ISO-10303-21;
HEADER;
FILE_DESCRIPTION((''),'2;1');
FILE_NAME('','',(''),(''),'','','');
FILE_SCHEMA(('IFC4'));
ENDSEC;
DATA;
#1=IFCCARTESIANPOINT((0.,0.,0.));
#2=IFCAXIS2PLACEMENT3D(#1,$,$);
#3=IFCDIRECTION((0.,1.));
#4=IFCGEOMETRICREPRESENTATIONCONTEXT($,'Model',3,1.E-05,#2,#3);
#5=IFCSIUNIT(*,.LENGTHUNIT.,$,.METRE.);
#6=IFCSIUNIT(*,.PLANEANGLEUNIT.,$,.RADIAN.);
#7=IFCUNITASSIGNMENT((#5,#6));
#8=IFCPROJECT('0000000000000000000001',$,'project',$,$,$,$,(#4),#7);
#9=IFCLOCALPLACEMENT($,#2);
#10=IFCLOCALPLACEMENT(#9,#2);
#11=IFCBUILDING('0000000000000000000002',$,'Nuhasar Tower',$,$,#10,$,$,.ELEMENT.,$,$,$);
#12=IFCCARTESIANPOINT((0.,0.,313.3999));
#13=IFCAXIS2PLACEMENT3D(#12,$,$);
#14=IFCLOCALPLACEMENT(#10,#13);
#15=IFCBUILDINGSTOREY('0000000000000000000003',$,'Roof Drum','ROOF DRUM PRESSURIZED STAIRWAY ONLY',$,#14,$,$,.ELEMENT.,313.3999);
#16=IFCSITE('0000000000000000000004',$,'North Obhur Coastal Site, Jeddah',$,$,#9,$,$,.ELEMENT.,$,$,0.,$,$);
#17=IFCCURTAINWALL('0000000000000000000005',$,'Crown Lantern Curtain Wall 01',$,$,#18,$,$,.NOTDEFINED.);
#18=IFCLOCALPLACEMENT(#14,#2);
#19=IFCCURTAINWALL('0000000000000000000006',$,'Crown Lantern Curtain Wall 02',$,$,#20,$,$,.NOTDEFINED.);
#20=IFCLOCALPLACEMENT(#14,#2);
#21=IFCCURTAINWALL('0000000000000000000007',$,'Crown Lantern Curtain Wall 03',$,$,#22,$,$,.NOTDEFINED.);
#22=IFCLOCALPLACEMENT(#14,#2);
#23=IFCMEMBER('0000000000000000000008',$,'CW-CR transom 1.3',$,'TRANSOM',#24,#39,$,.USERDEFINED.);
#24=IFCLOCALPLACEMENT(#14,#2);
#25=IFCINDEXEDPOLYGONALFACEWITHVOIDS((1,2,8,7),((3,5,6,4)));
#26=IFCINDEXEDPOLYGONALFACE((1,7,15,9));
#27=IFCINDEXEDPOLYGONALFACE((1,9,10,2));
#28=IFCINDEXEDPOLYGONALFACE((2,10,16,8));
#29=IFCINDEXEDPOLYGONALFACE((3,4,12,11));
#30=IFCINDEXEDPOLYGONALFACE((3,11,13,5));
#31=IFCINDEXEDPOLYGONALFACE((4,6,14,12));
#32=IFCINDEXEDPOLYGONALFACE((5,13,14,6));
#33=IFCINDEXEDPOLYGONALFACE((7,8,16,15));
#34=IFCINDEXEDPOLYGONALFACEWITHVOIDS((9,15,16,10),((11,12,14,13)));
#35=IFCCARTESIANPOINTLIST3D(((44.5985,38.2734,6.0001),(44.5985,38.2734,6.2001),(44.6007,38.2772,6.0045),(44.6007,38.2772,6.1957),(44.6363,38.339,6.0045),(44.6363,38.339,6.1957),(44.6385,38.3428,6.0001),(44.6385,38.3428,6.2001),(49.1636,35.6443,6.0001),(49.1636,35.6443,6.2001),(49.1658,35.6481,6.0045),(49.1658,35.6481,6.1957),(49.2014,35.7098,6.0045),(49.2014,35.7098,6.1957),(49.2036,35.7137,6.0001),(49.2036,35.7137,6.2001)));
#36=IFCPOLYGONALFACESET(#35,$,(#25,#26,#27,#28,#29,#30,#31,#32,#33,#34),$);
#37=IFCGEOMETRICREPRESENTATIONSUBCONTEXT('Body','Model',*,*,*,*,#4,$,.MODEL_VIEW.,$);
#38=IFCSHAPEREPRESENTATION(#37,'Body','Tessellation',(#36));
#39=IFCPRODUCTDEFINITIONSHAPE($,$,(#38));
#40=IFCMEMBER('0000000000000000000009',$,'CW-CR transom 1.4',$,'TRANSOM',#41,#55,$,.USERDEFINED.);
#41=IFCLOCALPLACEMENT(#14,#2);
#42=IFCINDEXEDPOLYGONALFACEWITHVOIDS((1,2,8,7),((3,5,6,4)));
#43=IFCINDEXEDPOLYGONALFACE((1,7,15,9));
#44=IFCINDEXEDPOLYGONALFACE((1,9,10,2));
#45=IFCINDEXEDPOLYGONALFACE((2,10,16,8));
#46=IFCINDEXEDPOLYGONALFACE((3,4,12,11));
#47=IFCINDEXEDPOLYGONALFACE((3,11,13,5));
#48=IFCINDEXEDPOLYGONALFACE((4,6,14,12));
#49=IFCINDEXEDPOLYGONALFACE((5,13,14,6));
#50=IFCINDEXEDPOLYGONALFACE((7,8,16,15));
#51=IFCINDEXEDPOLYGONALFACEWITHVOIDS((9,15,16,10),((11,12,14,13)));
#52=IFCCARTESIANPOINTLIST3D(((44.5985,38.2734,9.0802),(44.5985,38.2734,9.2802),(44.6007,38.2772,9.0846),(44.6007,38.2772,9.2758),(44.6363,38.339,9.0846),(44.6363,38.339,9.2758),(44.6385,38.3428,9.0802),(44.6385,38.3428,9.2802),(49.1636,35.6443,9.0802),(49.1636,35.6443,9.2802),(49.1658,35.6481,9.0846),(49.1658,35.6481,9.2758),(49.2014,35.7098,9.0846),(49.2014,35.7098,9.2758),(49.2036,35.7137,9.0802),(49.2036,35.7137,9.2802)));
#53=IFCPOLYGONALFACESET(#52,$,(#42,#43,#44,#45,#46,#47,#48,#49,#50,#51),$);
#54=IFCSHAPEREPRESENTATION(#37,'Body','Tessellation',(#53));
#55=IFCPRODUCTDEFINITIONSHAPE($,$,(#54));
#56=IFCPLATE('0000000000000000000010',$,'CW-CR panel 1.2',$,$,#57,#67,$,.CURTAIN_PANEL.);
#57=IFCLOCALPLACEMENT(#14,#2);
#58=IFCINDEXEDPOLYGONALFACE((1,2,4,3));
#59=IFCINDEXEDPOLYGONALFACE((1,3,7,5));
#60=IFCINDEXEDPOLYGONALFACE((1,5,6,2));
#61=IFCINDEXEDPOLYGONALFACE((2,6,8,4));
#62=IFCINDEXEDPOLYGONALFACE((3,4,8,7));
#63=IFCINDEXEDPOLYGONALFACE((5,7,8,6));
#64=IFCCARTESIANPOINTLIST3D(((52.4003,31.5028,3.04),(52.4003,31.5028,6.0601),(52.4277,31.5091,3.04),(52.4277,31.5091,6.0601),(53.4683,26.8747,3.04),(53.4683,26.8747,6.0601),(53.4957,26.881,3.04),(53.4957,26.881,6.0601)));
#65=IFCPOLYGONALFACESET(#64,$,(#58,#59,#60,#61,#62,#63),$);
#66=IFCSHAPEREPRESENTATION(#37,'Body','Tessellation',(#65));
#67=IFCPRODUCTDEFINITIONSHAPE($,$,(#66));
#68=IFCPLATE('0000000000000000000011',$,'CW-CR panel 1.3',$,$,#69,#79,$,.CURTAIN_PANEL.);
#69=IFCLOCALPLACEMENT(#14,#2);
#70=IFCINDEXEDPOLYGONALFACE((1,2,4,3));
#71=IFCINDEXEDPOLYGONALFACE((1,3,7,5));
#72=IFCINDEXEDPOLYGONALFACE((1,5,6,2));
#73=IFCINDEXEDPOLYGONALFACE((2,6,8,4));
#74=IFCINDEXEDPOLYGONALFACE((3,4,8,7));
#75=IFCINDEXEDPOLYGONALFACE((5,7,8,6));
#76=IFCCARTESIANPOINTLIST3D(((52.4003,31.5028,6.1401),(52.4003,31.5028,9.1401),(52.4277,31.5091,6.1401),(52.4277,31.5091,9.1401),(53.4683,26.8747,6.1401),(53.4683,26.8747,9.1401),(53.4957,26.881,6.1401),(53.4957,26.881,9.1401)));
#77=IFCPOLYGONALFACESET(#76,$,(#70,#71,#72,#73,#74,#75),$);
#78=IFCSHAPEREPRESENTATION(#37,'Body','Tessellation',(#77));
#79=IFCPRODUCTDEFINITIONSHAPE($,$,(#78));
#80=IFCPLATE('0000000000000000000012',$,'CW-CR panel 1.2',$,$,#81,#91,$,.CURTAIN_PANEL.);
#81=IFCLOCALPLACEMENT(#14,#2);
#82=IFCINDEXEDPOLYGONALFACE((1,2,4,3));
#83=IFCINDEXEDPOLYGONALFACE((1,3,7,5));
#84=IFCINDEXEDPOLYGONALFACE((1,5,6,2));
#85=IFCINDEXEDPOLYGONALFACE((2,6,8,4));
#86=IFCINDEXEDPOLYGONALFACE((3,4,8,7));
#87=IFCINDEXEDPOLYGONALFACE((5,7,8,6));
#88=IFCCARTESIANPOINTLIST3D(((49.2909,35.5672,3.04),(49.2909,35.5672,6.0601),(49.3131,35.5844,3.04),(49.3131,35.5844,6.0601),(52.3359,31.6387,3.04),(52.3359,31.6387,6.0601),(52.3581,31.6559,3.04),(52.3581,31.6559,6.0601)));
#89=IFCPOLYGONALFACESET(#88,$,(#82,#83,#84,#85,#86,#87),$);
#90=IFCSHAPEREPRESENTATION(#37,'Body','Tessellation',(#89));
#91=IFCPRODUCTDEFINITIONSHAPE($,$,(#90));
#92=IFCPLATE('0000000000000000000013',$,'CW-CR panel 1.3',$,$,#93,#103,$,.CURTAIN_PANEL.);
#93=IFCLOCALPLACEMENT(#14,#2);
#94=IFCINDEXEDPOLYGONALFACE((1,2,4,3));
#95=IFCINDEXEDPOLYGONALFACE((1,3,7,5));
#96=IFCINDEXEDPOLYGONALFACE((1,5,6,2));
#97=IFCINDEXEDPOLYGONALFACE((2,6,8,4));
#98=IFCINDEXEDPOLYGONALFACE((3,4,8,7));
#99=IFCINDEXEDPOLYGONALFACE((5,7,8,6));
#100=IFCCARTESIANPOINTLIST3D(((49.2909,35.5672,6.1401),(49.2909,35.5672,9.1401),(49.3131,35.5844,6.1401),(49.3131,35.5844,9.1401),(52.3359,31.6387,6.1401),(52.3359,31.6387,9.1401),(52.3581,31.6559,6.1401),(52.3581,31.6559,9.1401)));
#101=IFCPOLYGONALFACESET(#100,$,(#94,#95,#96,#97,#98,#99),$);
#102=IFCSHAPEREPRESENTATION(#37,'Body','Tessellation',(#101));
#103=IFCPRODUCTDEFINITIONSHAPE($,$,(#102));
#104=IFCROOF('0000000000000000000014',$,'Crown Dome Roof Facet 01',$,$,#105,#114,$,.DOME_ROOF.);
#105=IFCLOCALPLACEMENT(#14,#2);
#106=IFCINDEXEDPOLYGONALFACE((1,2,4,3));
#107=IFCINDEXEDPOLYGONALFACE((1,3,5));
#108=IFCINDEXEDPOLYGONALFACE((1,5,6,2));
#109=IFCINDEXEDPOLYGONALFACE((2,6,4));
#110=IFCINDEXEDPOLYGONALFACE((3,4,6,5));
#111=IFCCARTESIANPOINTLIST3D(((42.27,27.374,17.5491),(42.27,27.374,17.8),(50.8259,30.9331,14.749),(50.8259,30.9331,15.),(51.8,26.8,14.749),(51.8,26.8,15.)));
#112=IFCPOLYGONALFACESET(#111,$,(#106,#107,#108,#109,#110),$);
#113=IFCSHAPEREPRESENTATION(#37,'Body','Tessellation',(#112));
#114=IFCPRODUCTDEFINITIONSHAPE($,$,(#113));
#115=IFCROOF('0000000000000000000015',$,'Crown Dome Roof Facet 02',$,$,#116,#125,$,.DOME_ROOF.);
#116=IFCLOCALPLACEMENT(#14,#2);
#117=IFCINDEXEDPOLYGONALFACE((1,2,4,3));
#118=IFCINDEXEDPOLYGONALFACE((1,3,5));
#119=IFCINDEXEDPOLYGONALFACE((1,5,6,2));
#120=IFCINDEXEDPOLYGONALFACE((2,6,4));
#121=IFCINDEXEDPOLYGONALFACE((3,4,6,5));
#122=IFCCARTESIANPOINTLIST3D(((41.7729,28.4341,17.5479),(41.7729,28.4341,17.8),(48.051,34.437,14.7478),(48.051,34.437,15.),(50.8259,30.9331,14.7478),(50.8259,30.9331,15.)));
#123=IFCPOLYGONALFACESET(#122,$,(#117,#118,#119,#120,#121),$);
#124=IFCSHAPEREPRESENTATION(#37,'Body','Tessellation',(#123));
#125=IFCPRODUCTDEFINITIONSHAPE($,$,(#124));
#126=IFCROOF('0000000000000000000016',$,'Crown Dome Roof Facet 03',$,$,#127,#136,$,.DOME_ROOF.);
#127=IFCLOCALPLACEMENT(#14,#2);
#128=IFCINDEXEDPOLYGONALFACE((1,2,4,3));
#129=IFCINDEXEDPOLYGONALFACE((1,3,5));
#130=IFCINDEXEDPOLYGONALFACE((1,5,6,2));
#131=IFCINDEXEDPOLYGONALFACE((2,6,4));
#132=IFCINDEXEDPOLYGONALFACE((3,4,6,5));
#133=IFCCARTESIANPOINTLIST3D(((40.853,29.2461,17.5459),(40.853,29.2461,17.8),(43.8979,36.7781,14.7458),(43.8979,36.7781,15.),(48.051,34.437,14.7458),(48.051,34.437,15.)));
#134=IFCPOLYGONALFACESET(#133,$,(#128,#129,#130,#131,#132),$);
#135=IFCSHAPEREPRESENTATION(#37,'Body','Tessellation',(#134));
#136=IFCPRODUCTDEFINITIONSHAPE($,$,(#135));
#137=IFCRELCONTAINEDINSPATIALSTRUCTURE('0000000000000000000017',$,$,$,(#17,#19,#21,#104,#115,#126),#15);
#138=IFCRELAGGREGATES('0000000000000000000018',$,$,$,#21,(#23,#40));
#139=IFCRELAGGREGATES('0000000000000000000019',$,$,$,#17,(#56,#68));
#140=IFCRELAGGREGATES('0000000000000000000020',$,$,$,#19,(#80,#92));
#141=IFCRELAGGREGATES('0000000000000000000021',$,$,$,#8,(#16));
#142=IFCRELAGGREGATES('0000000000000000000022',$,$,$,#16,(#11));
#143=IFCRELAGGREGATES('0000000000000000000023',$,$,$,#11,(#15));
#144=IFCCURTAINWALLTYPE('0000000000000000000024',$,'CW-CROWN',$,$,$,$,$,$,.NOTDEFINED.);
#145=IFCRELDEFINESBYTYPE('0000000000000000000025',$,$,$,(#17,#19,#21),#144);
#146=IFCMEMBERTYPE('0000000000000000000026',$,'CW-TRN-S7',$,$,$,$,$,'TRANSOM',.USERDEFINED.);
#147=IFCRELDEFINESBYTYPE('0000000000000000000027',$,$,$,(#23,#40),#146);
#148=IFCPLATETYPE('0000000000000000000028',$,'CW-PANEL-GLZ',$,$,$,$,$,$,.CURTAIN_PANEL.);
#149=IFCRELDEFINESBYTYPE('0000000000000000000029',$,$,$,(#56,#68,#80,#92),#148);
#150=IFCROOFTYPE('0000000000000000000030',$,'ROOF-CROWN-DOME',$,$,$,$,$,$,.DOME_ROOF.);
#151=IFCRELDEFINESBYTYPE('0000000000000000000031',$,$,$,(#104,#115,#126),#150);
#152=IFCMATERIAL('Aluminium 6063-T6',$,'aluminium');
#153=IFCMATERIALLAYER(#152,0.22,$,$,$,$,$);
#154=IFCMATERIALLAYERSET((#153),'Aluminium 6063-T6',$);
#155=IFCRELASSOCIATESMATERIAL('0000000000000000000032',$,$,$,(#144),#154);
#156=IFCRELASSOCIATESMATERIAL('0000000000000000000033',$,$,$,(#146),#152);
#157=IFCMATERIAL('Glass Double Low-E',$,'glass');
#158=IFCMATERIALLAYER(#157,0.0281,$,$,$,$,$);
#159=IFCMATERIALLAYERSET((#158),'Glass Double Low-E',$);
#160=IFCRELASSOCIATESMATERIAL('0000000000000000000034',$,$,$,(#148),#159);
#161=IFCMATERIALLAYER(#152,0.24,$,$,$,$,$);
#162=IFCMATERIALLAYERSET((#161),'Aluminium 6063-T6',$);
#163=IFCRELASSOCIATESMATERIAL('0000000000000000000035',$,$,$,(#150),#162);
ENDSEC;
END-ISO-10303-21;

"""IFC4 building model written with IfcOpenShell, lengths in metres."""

from ifc_helpers import new_model, si_unit, direction, frame, origin, origin_2d, place, context, subcontext, project, spatial, polyline, rectangle, hollow_rectangle, outline, extrude, material, layer, layer_set, material_profile, profile_set, type_object, element, aggregate, save


model = new_model("IFC4")

# Units and contexts
model_context = context("Model", 3, precision=1e-05, world=origin(), true_north=direction((0.0, 1.0)))
body_context = subcontext(model_context, "Body", "Model", "MODEL_VIEW")
ifc_project = project(units=[si_unit("LENGTHUNIT", "METRE"), si_unit("PLANEANGLEUNIT", "RADIAN")], contexts=[model_context])

# Site, building, storey
site_placement = place(None, origin())
site = spatial("IfcSite", under=ifc_project, at=site_placement, Name="North Obhur Coastal Site, Jeddah", CompositionType="ELEMENT", RefElevation=0.0)
building_placement = place(site_placement, origin())
building = spatial("IfcBuilding", under=site, at=building_placement, Name="Nuhasar Tower", CompositionType="ELEMENT")
storey_placement = place(building_placement, frame((0.0, 0.0, 313.3999)))
storey = spatial("IfcBuildingStorey", under=building, at=storey_placement, Name="Roof Drum", Description="ROOF DRUM PRESSURIZED STAIRWAY ONLY", CompositionType="ELEMENT", Elevation=313.3999)

# Curtain walls, members
ifc_material_1 = material(Name="Aluminium 6063-T6", Category="aluminium")
ifc_layer_1 = layer(ifc_material_1, 0.22)
ifc_layer_set_1 = layer_set([ifc_layer_1], Name="Aluminium 6063-T6")
curtain_wall_type = type_object("IfcCurtainWallType", Name="CW-CROWN", PredefinedType="NOTDEFINED", material=ifc_layer_set_1)
curtain_wall_1_placement = place(storey_placement, origin())
curtain_wall_1 = element("IfcCurtainWall", 1, at=curtain_wall_1_placement, inside=storey, type_object=curtain_wall_type, Name="Crown Lantern Curtain Wall 01", PredefinedType="NOTDEFINED")
ifc_material_profile_1 = material_profile(ifc_material_1, hollow_rectangle(XDim=0.0801, YDim=0.2, WallThickness=0.0044, at=origin_2d()), Name="CWT-7")
ifc_profile_set_1 = profile_set([ifc_material_profile_1], Name="Aluminium 6063-T6")
member_type_1 = type_object("IfcMemberType", Name="CW-TRN-S7", ElementType="TRANSOM", PredefinedType="USERDEFINED", material=ifc_profile_set_1)
curtain_wall_2_placement = place(storey_placement, origin())
curtain_wall_2 = element("IfcCurtainWall", 2, at=curtain_wall_2_placement, inside=storey, type_object=curtain_wall_type, Name="Crown Lantern Curtain Wall 02", PredefinedType="NOTDEFINED")
curtain_wall_3_placement = place(storey_placement, origin())
curtain_wall_3 = element("IfcCurtainWall", 3, at=curtain_wall_3_placement, inside=storey, type_object=curtain_wall_type, Name="Crown Lantern Curtain Wall 03", PredefinedType="NOTDEFINED")
member_1_placement = place(storey_placement, frame((49.1836, 35.679, 6.1001), z_axis=(-0.866564, 0.499066, 0.0), x_axis=(-0.499066, -0.866564, 0.0)))
member_1 = element("IfcMember", 4, at=member_1_placement, type_object=member_type_1, Name="CW-CR transom 1.3", ObjectType="TRANSOM", PredefinedType="USERDEFINED", context=body_context, shape_type="SweptSolid", body=[
    extrude(hollow_rectangle(XDim=0.0801, YDim=0.2, WallThickness=0.0044, at=origin_2d()), origin(), (0.0, 0.0, 1.0), 5.2681),
])
member_2_placement = place(storey_placement, frame((49.1836, 35.679, 9.1802), z_axis=(-0.866564, 0.499066, 0.0), x_axis=(-0.499066, -0.866564, 0.0)))
member_2 = element("IfcMember", 5, at=member_2_placement, type_object=member_type_1, Name="CW-CR transom 1.4", ObjectType="TRANSOM", PredefinedType="USERDEFINED", context=body_context, shape_type="SweptSolid", body=[
    extrude(hollow_rectangle(XDim=0.0801, YDim=0.2, WallThickness=0.0044, at=origin_2d()), origin(), (0.0, 0.0, 1.0), 5.2681),
])
aggregate(curtain_wall_3, [member_1, member_2])

# Plates
ifc_material_2 = material(Name="Glass Double Low-E", Category="glass")
ifc_layer_2 = layer(ifc_material_2, 0.0281)
ifc_layer_set_2 = layer_set([ifc_layer_2], Name="Glass Double Low-E")
plate_type = type_object("IfcPlateType", Name="CW-PANEL-GLZ", PredefinedType="CURTAIN_PANEL", material=ifc_layer_set_2)
plate_1_placement = place(storey_placement, frame((52.948, 29.1919, 3.04), z_axis=(0.0, 0.0, 1.0), x_axis=(-0.22486, 0.974391, 0.0)))
plate_1 = element("IfcPlate", 6, at=plate_1_placement, type_object=plate_type, Name="CW-CR panel 1.2", PredefinedType="CURTAIN_PANEL", context=body_context, shape_type="SweptSolid", body=[
    extrude(rectangle(XDim=4.7498, YDim=0.0281, at=origin_2d()), origin(), (0.0, 0.0, 1.0), 3.02),
])
plate_2_placement = place(storey_placement, frame((52.948, 29.1919, 6.1401), z_axis=(0.0, 0.0, 1.0), x_axis=(-0.22486, 0.974391, 0.0)))
plate_2 = element("IfcPlate", 7, at=plate_2_placement, type_object=plate_type, Name="CW-CR panel 1.3", PredefinedType="CURTAIN_PANEL", context=body_context, shape_type="SweptSolid", body=[
    extrude(rectangle(XDim=4.7498, YDim=0.0281, at=origin_2d()), origin(), (0.0, 0.0, 1.0), 3.0),
])
aggregate(curtain_wall_1, [plate_1, plate_2])
plate_3_placement = place(storey_placement, frame((50.8245, 33.6116, 3.04), z_axis=(0.0, 0.0, 1.0), x_axis=(-0.612617, 0.79038, 0.0)))
plate_3 = element("IfcPlate", 8, at=plate_3_placement, type_object=plate_type, Name="CW-CR panel 1.2", PredefinedType="CURTAIN_PANEL", context=body_context, shape_type="SweptSolid", body=[
    extrude(rectangle(XDim=4.9705, YDim=0.0281, at=origin_2d()), origin(), (0.0, 0.0, 1.0), 3.02),
])
plate_4_placement = place(storey_placement, frame((50.8245, 33.6116, 6.1401), z_axis=(0.0, 0.0, 1.0), x_axis=(-0.612617, 0.79038, 0.0)))
plate_4 = element("IfcPlate", 9, at=plate_4_placement, type_object=plate_type, Name="CW-CR panel 1.3", PredefinedType="CURTAIN_PANEL", context=body_context, shape_type="SweptSolid", body=[
    extrude(rectangle(XDim=4.9705, YDim=0.0281, at=origin_2d()), origin(), (0.0, 0.0, 1.0), 3.0),
])
aggregate(curtain_wall_2, [plate_3, plate_4])

# Roofs
ifc_layer_3 = layer(ifc_material_1, 0.24)
ifc_layer_set_3 = layer_set([ifc_layer_3], Name="Aluminium 6063-T6")
roof_type = type_object("IfcRoofType", Name="ROOF-CROWN-DOME", PredefinedType="DOME_ROOF", material=ifc_layer_set_3)
roof_1_placement = place(storey_placement, frame((51.8, 26.8, 15.0), z_axis=(0.284983, 0.067168, 0.956176), x_axis=(-0.229405, 0.973331, 0.0)))
element("IfcRoof", 10, at=roof_1_placement, inside=storey, type_object=roof_type, Name="Crown Dome Roof Facet 01", PredefinedType="DOME_ROOF", context=body_context, shape_type="SweptSolid", body=[
    extrude(outline(polyline([(0.0, 0.0), (4.2463, 0.0), (2.7449, 9.5633), (0.0, 0.0)])), origin(), (0.0, -0.292791, -0.956176), 0.251),
])
roof_2_placement = place(storey_placement, frame((50.8259, 30.9331, 15.0), z_axis=(0.24147, 0.191231, 0.95138), x_axis=(-0.620837, 0.783939, 0.0)))
element("IfcRoof", 11, at=roof_2_placement, inside=storey, type_object=roof_type, Name="Crown Dome Roof Facet 02", PredefinedType="DOME_ROOF", context=body_context, shape_type="SweptSolid", body=[
    extrude(outline(polyline([(0.0, 0.0), (4.4696, 0.0), (3.6613, 9.0905), (0.0, 0.0)])), origin(), (0.0, -0.308021, -0.95138), 0.2522),
])
roof_3_placement = place(storey_placement, frame((48.051, 34.437, 15.0), z_axis=(0.161206, 0.285981, 0.944578), x_axis=(-0.871131, 0.491051, 0.0)))
element("IfcRoof", 12, at=roof_3_placement, inside=storey, type_object=roof_type, Name="Crown Dome Roof Facet 03", PredefinedType="DOME_ROOF", context=body_context, shape_type="SweptSolid", body=[
    extrude(outline(polyline([(0.0, 0.0), (4.7675, 0.0), (3.7214, 8.5293), (0.0, 0.0)])), origin(), (0.0, -0.328287, -0.944578), 0.2542),
])

save(model, "model.ifc")
